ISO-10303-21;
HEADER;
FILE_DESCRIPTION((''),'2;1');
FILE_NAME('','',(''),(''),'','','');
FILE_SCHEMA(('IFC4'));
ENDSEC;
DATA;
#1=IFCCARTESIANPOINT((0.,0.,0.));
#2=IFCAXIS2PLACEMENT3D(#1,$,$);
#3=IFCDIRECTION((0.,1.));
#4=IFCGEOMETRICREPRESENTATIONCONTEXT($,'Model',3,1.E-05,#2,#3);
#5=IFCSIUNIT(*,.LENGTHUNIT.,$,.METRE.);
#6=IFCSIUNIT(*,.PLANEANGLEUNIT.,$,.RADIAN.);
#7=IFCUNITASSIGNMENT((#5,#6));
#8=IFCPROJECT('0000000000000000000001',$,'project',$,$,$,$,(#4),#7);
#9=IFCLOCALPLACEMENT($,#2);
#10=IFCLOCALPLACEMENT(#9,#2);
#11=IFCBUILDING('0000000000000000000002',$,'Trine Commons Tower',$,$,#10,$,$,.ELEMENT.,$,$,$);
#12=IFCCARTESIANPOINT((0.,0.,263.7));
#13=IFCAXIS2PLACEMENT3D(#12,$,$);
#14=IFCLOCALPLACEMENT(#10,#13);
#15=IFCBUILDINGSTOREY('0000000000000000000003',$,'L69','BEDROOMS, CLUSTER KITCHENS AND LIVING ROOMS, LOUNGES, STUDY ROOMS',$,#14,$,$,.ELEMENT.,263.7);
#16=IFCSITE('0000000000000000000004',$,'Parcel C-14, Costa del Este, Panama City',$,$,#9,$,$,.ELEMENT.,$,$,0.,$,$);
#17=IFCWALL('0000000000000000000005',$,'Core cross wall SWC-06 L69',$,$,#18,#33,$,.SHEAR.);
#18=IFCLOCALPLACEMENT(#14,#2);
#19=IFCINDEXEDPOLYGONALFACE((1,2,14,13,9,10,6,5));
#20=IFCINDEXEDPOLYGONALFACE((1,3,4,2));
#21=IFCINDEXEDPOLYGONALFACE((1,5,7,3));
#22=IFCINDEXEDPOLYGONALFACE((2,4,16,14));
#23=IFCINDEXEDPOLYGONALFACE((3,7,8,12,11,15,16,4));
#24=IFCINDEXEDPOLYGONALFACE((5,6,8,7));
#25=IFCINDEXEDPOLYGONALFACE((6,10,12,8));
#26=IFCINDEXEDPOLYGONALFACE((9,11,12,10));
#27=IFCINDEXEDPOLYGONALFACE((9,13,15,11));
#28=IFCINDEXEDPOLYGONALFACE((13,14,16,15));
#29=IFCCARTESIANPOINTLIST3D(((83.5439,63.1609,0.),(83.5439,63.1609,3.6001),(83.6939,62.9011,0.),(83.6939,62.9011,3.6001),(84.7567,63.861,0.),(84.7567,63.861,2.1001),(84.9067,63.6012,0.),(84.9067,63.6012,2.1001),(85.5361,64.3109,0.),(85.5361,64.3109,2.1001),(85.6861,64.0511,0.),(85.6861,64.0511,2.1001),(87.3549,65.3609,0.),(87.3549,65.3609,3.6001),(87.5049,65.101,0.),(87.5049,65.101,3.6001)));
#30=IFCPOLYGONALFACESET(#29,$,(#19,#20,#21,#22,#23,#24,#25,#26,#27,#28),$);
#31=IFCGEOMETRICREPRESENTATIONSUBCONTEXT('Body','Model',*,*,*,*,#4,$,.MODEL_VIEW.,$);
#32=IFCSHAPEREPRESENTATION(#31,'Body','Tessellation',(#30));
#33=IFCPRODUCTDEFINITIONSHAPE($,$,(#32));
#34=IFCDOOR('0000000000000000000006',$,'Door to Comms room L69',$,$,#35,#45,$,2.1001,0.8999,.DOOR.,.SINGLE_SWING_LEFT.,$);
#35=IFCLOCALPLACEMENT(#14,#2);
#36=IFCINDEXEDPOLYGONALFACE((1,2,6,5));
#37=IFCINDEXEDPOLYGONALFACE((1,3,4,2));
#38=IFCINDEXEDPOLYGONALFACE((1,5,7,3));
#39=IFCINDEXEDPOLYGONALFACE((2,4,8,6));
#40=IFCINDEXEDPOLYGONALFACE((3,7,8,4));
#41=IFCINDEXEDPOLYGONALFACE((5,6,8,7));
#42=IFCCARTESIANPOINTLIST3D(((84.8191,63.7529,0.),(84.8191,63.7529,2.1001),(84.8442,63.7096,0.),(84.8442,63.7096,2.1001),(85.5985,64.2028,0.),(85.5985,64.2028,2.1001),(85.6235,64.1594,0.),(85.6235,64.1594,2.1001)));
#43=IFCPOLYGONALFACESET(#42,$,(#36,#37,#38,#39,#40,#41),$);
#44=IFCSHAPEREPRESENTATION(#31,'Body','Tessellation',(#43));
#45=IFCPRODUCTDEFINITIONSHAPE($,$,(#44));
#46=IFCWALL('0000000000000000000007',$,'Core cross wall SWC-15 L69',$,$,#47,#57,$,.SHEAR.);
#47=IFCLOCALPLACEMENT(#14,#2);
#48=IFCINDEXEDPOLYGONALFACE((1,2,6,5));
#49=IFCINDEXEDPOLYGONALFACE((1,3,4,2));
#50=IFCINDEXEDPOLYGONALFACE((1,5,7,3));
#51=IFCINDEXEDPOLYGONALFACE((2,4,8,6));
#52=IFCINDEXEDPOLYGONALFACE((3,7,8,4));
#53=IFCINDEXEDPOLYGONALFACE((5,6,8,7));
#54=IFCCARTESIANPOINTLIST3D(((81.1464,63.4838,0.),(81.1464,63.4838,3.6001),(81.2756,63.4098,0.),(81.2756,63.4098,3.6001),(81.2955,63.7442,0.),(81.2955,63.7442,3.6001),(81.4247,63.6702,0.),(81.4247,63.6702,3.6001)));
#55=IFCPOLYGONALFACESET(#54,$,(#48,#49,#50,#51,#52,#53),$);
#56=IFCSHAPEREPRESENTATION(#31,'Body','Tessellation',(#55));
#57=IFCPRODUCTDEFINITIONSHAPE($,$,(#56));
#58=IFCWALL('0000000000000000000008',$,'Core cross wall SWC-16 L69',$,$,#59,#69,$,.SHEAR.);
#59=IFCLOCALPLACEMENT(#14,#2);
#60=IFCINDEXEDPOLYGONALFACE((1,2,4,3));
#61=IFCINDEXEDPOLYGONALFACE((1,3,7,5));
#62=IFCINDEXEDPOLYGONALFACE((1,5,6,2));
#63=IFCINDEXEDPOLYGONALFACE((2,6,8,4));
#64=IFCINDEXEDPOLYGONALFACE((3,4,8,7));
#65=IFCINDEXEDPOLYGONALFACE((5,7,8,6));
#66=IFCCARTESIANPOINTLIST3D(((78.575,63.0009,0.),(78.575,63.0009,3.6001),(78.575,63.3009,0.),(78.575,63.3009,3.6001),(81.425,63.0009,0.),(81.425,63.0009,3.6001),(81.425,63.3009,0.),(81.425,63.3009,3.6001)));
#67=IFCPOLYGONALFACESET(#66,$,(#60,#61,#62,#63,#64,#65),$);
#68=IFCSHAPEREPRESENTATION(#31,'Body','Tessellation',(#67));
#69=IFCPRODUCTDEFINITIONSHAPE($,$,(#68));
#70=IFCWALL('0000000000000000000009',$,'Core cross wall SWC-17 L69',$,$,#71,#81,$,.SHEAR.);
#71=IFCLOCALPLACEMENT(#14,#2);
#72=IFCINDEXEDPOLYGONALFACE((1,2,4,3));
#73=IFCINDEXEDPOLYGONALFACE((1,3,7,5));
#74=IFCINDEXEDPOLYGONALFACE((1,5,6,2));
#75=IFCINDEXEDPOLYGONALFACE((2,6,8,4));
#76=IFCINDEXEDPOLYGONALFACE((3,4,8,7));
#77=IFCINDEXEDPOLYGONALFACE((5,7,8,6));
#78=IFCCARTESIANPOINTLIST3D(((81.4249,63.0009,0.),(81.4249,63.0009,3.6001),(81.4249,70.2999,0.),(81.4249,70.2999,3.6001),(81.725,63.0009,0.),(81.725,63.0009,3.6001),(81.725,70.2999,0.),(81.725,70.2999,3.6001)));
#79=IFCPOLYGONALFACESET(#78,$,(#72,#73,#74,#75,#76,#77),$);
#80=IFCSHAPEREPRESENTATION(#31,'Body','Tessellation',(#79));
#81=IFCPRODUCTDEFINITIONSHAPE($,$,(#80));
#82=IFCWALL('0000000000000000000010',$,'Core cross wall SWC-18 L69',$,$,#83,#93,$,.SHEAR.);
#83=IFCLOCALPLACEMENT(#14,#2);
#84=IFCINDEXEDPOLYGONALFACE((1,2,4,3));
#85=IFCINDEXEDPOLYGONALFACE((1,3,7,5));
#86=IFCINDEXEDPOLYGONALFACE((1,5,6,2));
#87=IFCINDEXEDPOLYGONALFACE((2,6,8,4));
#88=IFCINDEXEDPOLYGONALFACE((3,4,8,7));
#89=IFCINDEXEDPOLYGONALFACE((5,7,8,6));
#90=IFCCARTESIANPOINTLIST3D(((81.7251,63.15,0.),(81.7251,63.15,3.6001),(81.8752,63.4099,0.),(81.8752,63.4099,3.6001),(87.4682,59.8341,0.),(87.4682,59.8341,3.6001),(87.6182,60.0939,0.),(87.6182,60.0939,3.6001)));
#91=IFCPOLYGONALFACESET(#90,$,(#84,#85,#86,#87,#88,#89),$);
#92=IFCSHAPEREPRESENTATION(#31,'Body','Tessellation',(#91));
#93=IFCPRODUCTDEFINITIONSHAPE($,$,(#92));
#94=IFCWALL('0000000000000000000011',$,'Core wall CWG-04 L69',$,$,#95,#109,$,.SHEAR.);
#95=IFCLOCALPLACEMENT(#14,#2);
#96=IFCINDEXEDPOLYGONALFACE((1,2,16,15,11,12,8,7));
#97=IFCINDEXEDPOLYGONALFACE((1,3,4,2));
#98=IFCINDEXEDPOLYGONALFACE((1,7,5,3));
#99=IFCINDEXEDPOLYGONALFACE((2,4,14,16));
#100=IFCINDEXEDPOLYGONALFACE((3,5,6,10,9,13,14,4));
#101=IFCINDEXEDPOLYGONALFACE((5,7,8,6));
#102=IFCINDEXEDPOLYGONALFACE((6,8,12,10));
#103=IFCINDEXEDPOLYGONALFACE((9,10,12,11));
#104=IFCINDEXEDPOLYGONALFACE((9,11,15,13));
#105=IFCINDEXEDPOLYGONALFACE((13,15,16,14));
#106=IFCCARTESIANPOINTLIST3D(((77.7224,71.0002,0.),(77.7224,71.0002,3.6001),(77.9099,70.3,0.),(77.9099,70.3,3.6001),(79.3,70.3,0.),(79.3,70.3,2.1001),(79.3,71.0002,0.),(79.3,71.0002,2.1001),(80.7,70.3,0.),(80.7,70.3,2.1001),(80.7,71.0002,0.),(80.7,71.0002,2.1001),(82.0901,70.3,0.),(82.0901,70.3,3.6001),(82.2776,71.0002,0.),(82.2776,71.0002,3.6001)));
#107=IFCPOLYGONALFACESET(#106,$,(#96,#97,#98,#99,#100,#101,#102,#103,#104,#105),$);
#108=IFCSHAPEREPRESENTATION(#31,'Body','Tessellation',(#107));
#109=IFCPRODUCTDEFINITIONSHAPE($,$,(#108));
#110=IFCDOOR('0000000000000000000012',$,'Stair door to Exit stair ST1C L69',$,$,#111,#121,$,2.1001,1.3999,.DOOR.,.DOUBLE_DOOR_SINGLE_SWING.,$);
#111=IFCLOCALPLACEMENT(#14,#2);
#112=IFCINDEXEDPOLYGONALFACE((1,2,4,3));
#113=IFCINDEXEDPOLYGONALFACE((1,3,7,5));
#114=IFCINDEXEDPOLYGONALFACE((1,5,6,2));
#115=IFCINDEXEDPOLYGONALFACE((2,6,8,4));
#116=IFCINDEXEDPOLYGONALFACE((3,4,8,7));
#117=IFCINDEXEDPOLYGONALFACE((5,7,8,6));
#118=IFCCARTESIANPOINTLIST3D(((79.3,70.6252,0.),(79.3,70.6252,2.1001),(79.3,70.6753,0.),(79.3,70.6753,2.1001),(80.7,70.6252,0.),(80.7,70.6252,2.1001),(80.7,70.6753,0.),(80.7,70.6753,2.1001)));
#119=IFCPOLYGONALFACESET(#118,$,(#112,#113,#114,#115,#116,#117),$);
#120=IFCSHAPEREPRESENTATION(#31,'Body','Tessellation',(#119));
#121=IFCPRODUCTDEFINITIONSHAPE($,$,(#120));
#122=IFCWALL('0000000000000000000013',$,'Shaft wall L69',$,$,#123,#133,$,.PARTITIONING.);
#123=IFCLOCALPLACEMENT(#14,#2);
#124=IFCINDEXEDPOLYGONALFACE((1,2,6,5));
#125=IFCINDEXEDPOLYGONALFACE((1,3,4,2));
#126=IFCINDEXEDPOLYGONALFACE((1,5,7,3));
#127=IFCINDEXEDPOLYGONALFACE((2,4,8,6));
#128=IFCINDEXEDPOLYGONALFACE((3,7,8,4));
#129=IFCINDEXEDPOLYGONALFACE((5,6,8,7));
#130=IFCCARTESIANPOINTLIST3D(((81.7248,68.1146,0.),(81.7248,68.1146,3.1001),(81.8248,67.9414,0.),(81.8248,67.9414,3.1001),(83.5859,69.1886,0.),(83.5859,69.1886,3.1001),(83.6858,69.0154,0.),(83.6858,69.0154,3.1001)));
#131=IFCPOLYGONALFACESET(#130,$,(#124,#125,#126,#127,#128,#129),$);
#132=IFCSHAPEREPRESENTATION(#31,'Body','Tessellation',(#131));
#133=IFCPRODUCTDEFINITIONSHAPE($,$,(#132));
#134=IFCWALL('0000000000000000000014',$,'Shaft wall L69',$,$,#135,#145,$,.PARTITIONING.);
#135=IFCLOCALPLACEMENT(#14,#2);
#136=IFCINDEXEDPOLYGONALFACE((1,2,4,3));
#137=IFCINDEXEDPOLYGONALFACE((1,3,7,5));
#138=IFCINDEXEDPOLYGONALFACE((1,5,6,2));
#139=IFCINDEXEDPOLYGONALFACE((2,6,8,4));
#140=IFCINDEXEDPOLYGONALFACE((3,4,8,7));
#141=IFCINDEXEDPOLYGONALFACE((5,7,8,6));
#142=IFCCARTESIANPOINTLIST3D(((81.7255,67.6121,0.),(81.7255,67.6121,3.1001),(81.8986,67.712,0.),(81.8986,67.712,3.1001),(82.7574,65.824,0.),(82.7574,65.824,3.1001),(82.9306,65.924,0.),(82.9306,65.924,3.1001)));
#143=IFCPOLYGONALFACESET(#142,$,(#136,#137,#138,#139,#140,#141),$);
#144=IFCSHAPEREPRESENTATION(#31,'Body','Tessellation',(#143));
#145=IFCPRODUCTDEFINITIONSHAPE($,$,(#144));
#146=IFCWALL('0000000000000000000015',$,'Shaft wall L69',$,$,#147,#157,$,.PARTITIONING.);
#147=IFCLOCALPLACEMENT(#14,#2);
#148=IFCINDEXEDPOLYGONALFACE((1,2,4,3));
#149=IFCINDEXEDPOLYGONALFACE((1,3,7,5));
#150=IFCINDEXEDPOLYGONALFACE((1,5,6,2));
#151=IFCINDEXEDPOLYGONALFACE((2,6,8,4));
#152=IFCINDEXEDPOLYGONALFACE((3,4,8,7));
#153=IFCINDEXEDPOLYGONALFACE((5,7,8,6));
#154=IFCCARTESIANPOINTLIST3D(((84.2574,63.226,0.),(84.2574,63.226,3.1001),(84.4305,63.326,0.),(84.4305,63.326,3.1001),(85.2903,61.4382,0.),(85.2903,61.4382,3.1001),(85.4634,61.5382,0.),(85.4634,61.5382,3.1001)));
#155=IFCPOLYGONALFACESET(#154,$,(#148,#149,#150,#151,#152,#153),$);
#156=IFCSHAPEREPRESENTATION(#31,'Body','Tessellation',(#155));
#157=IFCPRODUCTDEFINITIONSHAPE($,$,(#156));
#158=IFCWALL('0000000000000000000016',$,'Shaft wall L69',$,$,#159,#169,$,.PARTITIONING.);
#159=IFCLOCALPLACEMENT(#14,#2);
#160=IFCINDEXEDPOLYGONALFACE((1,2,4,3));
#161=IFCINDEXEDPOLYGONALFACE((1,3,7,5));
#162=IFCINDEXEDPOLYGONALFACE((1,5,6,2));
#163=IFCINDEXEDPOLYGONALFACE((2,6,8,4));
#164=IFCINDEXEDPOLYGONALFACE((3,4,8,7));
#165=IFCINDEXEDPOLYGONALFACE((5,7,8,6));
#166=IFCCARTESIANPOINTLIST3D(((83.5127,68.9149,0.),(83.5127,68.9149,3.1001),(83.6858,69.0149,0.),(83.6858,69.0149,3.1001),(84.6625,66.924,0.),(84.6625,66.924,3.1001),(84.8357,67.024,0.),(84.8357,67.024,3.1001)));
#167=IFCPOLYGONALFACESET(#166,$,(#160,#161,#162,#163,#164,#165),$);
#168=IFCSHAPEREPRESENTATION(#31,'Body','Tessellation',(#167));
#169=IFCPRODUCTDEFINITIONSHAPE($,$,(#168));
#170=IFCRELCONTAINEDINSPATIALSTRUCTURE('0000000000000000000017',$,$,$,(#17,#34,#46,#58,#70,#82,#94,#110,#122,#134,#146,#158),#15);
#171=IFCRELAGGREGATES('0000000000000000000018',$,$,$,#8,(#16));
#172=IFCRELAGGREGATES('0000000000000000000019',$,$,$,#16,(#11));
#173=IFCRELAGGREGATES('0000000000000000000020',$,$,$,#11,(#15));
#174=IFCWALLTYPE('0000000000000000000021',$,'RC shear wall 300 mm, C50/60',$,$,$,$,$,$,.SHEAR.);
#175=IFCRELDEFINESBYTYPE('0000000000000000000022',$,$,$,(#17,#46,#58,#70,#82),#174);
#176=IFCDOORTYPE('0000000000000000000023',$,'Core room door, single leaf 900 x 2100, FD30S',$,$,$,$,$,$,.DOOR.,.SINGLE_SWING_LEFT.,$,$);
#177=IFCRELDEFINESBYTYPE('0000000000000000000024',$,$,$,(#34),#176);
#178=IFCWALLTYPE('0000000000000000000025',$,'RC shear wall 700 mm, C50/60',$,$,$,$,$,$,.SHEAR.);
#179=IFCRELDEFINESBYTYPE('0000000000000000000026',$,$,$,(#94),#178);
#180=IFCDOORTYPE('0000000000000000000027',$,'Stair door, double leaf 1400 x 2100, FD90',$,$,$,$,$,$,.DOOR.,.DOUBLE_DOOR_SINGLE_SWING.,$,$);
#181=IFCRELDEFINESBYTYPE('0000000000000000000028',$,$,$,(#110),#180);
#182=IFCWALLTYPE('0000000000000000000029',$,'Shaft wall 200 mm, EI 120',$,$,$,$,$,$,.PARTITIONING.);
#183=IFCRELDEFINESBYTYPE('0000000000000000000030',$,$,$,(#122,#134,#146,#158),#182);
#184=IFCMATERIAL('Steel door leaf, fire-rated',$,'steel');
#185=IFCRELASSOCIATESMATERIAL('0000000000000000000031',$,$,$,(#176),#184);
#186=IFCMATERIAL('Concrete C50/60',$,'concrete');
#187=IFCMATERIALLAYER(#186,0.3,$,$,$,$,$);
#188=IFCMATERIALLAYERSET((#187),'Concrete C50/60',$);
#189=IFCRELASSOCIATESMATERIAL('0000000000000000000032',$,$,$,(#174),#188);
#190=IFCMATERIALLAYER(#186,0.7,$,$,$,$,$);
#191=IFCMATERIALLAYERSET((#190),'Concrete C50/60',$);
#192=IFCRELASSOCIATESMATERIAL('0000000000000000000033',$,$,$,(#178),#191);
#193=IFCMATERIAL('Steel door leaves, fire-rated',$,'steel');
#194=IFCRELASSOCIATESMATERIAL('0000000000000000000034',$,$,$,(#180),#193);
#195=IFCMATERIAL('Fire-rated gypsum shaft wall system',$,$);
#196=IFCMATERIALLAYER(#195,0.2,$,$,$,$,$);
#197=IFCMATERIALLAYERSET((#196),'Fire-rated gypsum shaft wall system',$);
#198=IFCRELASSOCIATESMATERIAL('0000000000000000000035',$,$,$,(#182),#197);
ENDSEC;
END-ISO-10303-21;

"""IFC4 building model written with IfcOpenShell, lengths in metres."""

from ifc_helpers import new_model, si_unit, direction, frame, frame_2d, origin, place, context, subcontext, project, spatial, polyline, rectangle, outline, extrude, material, layer, layer_set, type_object, element, fill, save


model = new_model("IFC4")

# Units and contexts
model_context = context("Model", 3, precision=1e-05, world=origin(), true_north=direction((0.0, 1.0)))
body_context = subcontext(model_context, "Body", "Model", "MODEL_VIEW")
ifc_project = project(units=[si_unit("LENGTHUNIT", "METRE"), si_unit("PLANEANGLEUNIT", "RADIAN")], contexts=[model_context])

# Site, building, storey
site_placement = place(None, origin())
site = spatial("IfcSite", under=ifc_project, at=site_placement, Name="Parcel C-14, Costa del Este, Panama City", CompositionType="ELEMENT", RefElevation=0.0)
building_placement = place(site_placement, origin())
building = spatial("IfcBuilding", under=site, at=building_placement, Name="Trine Commons Tower", CompositionType="ELEMENT")
storey_placement = place(building_placement, frame((0.0, 0.0, 263.7)))
storey = spatial("IfcBuildingStorey", under=building, at=storey_placement, Name="L69", Description="BEDROOMS, CLUSTER KITCHENS AND LIVING ROOMS, LOUNGES, STUDY ROOMS", CompositionType="ELEMENT", Elevation=263.7)

# Wall, opening, door
ifc_material_1 = material(Name="Steel door leaf, fire-rated", Category="steel")
door_type_1 = type_object("IfcDoorType", Name="Core room door, single leaf 900 x 2100, FD30S", OperationType="SINGLE_SWING_LEFT", PredefinedType="DOOR", material=ifc_material_1)
ifc_material_2 = material(Name="Fire-rated gypsum shaft wall system")
ifc_material_3 = material(Name="Concrete C50/60", Category="concrete")
ifc_layer_1 = layer(ifc_material_3, 0.3)
ifc_layer_set_1 = layer_set([ifc_layer_1], Name="Concrete C50/60")
wall_type_1 = type_object("IfcWallType", Name="RC shear wall 300 mm, C50/60", PredefinedType="SHEAR", material=ifc_layer_set_1)
wall_1_placement = place(storey_placement, frame((83.6189, 63.031, 0.0), z_axis=(0.0, 0.0, 1.0), x_axis=(0.86606, 0.49994, 0.0)))
wall_1 = element("IfcWall", 1, at=wall_1_placement, inside=storey, type_object=wall_type_1, Name="Core cross wall SWC-06 L69", PredefinedType="SHEAR", context=body_context, shape_type="SweptSolid", body=[
    extrude(rectangle(XDim=4.4004, YDim=0.3, at=frame_2d((2.2002, 0.0))), origin(), (0.0, 0.0, 1.0), 3.6001),
])
opening_1_placement = place(wall_1_placement, frame((1.4004, 0.0, 0.0)))
opening_1 = element("IfcOpeningElement", 2, at=opening_1_placement, cuts=wall_1, PredefinedType="OPENING", context=body_context, shape_type="SweptSolid", body=[
    extrude(rectangle(XDim=0.8999, YDim=2.1001, at=frame_2d((0.45, 1.05))), frame((0.0, 0.1599, 0.0), z_axis=(0.0, -1.0, 0.0), x_axis=(1.0, 0.0, 0.0)), (0.0, 0.0, 1.0), 0.3201),
])
door_1_placement = place(opening_1_placement, frame((0.8999, 0.0, 0.0), z_axis=(0.0, 0.0, 1.0), x_axis=(-1.0, 0.0, 0.0)))
door_1 = element("IfcDoor", 3, at=door_1_placement, inside=storey, type_object=door_type_1, Name="Door to Comms room L69", OperationType="SINGLE_SWING_LEFT", OverallHeight=2.1001, OverallWidth=0.8999, PredefinedType="DOOR", context=body_context, shape_type="SweptSolid", body=[
    extrude(rectangle(XDim=0.8999, YDim=2.1001, at=frame_2d((0.45, 1.05))), frame((0.0, 0.0249, 0.0), z_axis=(0.0, -1.0, 0.0), x_axis=(1.0, 0.0, 0.0)), (0.0, 0.0, 1.0), 0.05),
])
fill(opening_1, door_1)

# Walls
wall_2_placement = place(storey_placement, frame((81.2209, 63.614, 0.0), z_axis=(0.0, 0.0, 1.0), x_axis=(0.867738, -0.497022, 0.0)))
element("IfcWall", 4, at=wall_2_placement, inside=storey, type_object=wall_type_1, Name="Core cross wall SWC-15 L69", PredefinedType="SHEAR", context=body_context, shape_type="SweptSolid", body=[
    extrude(rectangle(XDim=0.1489, YDim=0.3, at=frame_2d((0.0745, 0.0))), origin(), (0.0, 0.0, 1.0), 3.6001),
])
wall_3_placement = place(storey_placement, frame((81.425, 63.1509, 0.0), z_axis=(0.0, 0.0, 1.0), x_axis=(-1.0, 0.0, 0.0)))
element("IfcWall", 5, at=wall_3_placement, inside=storey, type_object=wall_type_1, Name="Core cross wall SWC-16 L69", PredefinedType="SHEAR", context=body_context, shape_type="SweptSolid", body=[
    extrude(rectangle(XDim=2.8501, YDim=0.3, at=frame_2d((1.425, 0.0))), origin(), (0.0, 0.0, 1.0), 3.6001),
])
wall_4_placement = place(storey_placement, frame((81.575, 63.001, 0.0), z_axis=(0.0, 0.0, 1.0), x_axis=(0.0, 1.0, 0.0)))
element("IfcWall", 6, at=wall_4_placement, inside=storey, type_object=wall_type_1, Name="Core cross wall SWC-17 L69", PredefinedType="SHEAR", context=body_context, shape_type="SweptSolid", body=[
    extrude(rectangle(XDim=7.2991, YDim=0.3, at=frame_2d((3.6494, 0.0))), origin(), (0.0, 0.0, 1.0), 3.6001),
])
wall_5_placement = place(storey_placement, frame((81.8, 63.28, 0.0), z_axis=(0.0, 0.0, 1.0), x_axis=(0.86601, -0.500027, 0.0)))
element("IfcWall", 7, at=wall_5_placement, inside=storey, type_object=wall_type_1, Name="Core cross wall SWC-18 L69", PredefinedType="SHEAR", context=body_context, shape_type="SweptSolid", body=[
    extrude(rectangle(XDim=6.6316, YDim=0.3, at=frame_2d((3.3159, 0.0))), origin(), (0.0, 0.0, 1.0), 3.6001),
])

# Wall, opening, door
ifc_layer_2 = layer(ifc_material_3, 0.7)
ifc_layer_set_2 = layer_set([ifc_layer_2], Name="Concrete C50/60")
wall_type_2 = type_object("IfcWallType", Name="RC shear wall 700 mm, C50/60", PredefinedType="SHEAR", material=ifc_layer_set_2)
wall_6_placement = place(storey_placement, frame((82.2776, 70.6501, 0.0), z_axis=(0.0, 0.0, 1.0), x_axis=(-1.0, 0.0, 0.0)))
wall_6 = element("IfcWall", 8, at=wall_6_placement, inside=storey, type_object=wall_type_2, Name="Core wall CWG-04 L69", PredefinedType="SHEAR", context=body_context, shape_type="SweptSolid", body=[
    extrude(outline(polyline([(0.0, -0.3501), (4.5552, -0.3501), (4.3677, 0.3501), (0.1875, 0.3501), (0.0, -0.3501)])), origin(), (0.0, 0.0, 1.0), 3.6001),
])
opening_2_placement = place(wall_6_placement, frame((1.5776, 0.0, 0.0)))
opening_2 = element("IfcOpeningElement", 9, at=opening_2_placement, cuts=wall_6, PredefinedType="OPENING", context=body_context, shape_type="SweptSolid", body=[
    extrude(rectangle(XDim=1.3999, YDim=2.1001, at=frame_2d((0.7, 1.05))), frame((0.0, 0.3599, 0.0), z_axis=(0.0, -1.0, 0.0), x_axis=(1.0, 0.0, 0.0)), (0.0, 0.0, 1.0), 0.72),
])
ifc_material_4 = material(Name="Steel door leaves, fire-rated", Category="steel")
door_type_2 = type_object("IfcDoorType", Name="Stair door, double leaf 1400 x 2100, FD90", OperationType="DOUBLE_DOOR_SINGLE_SWING", PredefinedType="DOOR", material=ifc_material_4)
door_2_placement = place(opening_2_placement, origin())
door_2 = element("IfcDoor", 10, at=door_2_placement, inside=storey, type_object=door_type_2, Name="Stair door to Exit stair ST1C L69", OperationType="DOUBLE_DOOR_SINGLE_SWING", OverallHeight=2.1001, OverallWidth=1.3999, PredefinedType="DOOR", context=body_context, shape_type="SweptSolid", body=[
    extrude(rectangle(XDim=1.3999, YDim=2.1001, at=frame_2d((0.7, 1.05))), frame((0.0, 0.0249, 0.0), z_axis=(0.0, -1.0, 0.0), x_axis=(1.0, 0.0, 0.0)), (0.0, 0.0, 1.0), 0.05),
])
fill(opening_2, door_2)

# Walls
ifc_layer_3 = layer(ifc_material_2, 0.2)
ifc_layer_set_3 = layer_set([ifc_layer_3], Name="Fire-rated gypsum shaft wall system")
wall_type_3 = type_object("IfcWallType", Name="Shaft wall 200 mm, EI 120", PredefinedType="PARTITIONING", material=ifc_layer_set_3)
wall_7_placement = place(storey_placement, frame((81.7749, 68.0281, 0.0), z_axis=(0.0, 0.0, 1.0), x_axis=(0.866131, 0.499818, 0.0)))
element("IfcWall", 11, at=wall_7_placement, inside=storey, type_object=wall_type_3, Name="Shaft wall L69", PredefinedType="PARTITIONING", context=body_context, shape_type="SweptSolid", body=[
    extrude(rectangle(XDim=2.1487, YDim=0.2, at=frame_2d((1.0742, 0.0))), origin(), (0.0, 0.0, 1.0), 3.1001),
])
wall_8_placement = place(storey_placement, frame((82.844, 65.874, 0.0), z_axis=(0.0, 0.0, 1.0), x_axis=(-0.499866, 0.866103, 0.0)))
element("IfcWall", 12, at=wall_8_placement, inside=storey, type_object=wall_type_3, Name="Shaft wall L69", PredefinedType="PARTITIONING", context=body_context, shape_type="SweptSolid", body=[
    extrude(rectangle(XDim=2.0645, YDim=0.2, at=frame_2d((1.0322, 0.0))), origin(), (0.0, 0.0, 1.0), 3.1001),
])
wall_9_placement = place(storey_placement, frame((84.344, 63.2759, 0.0), z_axis=(0.0, 0.0, 1.0), x_axis=(0.500272, -0.865868, 0.0)))
element("IfcWall", 13, at=wall_9_placement, inside=storey, type_object=wall_type_3, Name="Shaft wall L69", PredefinedType="PARTITIONING", context=body_context, shape_type="SweptSolid", body=[
    extrude(rectangle(XDim=2.0647, YDim=0.2, at=frame_2d((1.0322, 0.0))), origin(), (0.0, 0.0, 1.0), 3.1001),
])
wall_10_placement = place(storey_placement, frame((84.749, 66.9741, 0.0), z_axis=(0.0, 0.0, 1.0), x_axis=(-0.500136, 0.865947, 0.0)))
element("IfcWall", 14, at=wall_10_placement, inside=storey, type_object=wall_type_3, Name="Shaft wall L69", PredefinedType="PARTITIONING", context=body_context, shape_type="SweptSolid", body=[
    extrude(rectangle(XDim=2.2991, YDim=0.2, at=frame_2d((1.1494, 0.0))), origin(), (0.0, 0.0, 1.0), 3.1001),
])

save(model, "model.ifc")
